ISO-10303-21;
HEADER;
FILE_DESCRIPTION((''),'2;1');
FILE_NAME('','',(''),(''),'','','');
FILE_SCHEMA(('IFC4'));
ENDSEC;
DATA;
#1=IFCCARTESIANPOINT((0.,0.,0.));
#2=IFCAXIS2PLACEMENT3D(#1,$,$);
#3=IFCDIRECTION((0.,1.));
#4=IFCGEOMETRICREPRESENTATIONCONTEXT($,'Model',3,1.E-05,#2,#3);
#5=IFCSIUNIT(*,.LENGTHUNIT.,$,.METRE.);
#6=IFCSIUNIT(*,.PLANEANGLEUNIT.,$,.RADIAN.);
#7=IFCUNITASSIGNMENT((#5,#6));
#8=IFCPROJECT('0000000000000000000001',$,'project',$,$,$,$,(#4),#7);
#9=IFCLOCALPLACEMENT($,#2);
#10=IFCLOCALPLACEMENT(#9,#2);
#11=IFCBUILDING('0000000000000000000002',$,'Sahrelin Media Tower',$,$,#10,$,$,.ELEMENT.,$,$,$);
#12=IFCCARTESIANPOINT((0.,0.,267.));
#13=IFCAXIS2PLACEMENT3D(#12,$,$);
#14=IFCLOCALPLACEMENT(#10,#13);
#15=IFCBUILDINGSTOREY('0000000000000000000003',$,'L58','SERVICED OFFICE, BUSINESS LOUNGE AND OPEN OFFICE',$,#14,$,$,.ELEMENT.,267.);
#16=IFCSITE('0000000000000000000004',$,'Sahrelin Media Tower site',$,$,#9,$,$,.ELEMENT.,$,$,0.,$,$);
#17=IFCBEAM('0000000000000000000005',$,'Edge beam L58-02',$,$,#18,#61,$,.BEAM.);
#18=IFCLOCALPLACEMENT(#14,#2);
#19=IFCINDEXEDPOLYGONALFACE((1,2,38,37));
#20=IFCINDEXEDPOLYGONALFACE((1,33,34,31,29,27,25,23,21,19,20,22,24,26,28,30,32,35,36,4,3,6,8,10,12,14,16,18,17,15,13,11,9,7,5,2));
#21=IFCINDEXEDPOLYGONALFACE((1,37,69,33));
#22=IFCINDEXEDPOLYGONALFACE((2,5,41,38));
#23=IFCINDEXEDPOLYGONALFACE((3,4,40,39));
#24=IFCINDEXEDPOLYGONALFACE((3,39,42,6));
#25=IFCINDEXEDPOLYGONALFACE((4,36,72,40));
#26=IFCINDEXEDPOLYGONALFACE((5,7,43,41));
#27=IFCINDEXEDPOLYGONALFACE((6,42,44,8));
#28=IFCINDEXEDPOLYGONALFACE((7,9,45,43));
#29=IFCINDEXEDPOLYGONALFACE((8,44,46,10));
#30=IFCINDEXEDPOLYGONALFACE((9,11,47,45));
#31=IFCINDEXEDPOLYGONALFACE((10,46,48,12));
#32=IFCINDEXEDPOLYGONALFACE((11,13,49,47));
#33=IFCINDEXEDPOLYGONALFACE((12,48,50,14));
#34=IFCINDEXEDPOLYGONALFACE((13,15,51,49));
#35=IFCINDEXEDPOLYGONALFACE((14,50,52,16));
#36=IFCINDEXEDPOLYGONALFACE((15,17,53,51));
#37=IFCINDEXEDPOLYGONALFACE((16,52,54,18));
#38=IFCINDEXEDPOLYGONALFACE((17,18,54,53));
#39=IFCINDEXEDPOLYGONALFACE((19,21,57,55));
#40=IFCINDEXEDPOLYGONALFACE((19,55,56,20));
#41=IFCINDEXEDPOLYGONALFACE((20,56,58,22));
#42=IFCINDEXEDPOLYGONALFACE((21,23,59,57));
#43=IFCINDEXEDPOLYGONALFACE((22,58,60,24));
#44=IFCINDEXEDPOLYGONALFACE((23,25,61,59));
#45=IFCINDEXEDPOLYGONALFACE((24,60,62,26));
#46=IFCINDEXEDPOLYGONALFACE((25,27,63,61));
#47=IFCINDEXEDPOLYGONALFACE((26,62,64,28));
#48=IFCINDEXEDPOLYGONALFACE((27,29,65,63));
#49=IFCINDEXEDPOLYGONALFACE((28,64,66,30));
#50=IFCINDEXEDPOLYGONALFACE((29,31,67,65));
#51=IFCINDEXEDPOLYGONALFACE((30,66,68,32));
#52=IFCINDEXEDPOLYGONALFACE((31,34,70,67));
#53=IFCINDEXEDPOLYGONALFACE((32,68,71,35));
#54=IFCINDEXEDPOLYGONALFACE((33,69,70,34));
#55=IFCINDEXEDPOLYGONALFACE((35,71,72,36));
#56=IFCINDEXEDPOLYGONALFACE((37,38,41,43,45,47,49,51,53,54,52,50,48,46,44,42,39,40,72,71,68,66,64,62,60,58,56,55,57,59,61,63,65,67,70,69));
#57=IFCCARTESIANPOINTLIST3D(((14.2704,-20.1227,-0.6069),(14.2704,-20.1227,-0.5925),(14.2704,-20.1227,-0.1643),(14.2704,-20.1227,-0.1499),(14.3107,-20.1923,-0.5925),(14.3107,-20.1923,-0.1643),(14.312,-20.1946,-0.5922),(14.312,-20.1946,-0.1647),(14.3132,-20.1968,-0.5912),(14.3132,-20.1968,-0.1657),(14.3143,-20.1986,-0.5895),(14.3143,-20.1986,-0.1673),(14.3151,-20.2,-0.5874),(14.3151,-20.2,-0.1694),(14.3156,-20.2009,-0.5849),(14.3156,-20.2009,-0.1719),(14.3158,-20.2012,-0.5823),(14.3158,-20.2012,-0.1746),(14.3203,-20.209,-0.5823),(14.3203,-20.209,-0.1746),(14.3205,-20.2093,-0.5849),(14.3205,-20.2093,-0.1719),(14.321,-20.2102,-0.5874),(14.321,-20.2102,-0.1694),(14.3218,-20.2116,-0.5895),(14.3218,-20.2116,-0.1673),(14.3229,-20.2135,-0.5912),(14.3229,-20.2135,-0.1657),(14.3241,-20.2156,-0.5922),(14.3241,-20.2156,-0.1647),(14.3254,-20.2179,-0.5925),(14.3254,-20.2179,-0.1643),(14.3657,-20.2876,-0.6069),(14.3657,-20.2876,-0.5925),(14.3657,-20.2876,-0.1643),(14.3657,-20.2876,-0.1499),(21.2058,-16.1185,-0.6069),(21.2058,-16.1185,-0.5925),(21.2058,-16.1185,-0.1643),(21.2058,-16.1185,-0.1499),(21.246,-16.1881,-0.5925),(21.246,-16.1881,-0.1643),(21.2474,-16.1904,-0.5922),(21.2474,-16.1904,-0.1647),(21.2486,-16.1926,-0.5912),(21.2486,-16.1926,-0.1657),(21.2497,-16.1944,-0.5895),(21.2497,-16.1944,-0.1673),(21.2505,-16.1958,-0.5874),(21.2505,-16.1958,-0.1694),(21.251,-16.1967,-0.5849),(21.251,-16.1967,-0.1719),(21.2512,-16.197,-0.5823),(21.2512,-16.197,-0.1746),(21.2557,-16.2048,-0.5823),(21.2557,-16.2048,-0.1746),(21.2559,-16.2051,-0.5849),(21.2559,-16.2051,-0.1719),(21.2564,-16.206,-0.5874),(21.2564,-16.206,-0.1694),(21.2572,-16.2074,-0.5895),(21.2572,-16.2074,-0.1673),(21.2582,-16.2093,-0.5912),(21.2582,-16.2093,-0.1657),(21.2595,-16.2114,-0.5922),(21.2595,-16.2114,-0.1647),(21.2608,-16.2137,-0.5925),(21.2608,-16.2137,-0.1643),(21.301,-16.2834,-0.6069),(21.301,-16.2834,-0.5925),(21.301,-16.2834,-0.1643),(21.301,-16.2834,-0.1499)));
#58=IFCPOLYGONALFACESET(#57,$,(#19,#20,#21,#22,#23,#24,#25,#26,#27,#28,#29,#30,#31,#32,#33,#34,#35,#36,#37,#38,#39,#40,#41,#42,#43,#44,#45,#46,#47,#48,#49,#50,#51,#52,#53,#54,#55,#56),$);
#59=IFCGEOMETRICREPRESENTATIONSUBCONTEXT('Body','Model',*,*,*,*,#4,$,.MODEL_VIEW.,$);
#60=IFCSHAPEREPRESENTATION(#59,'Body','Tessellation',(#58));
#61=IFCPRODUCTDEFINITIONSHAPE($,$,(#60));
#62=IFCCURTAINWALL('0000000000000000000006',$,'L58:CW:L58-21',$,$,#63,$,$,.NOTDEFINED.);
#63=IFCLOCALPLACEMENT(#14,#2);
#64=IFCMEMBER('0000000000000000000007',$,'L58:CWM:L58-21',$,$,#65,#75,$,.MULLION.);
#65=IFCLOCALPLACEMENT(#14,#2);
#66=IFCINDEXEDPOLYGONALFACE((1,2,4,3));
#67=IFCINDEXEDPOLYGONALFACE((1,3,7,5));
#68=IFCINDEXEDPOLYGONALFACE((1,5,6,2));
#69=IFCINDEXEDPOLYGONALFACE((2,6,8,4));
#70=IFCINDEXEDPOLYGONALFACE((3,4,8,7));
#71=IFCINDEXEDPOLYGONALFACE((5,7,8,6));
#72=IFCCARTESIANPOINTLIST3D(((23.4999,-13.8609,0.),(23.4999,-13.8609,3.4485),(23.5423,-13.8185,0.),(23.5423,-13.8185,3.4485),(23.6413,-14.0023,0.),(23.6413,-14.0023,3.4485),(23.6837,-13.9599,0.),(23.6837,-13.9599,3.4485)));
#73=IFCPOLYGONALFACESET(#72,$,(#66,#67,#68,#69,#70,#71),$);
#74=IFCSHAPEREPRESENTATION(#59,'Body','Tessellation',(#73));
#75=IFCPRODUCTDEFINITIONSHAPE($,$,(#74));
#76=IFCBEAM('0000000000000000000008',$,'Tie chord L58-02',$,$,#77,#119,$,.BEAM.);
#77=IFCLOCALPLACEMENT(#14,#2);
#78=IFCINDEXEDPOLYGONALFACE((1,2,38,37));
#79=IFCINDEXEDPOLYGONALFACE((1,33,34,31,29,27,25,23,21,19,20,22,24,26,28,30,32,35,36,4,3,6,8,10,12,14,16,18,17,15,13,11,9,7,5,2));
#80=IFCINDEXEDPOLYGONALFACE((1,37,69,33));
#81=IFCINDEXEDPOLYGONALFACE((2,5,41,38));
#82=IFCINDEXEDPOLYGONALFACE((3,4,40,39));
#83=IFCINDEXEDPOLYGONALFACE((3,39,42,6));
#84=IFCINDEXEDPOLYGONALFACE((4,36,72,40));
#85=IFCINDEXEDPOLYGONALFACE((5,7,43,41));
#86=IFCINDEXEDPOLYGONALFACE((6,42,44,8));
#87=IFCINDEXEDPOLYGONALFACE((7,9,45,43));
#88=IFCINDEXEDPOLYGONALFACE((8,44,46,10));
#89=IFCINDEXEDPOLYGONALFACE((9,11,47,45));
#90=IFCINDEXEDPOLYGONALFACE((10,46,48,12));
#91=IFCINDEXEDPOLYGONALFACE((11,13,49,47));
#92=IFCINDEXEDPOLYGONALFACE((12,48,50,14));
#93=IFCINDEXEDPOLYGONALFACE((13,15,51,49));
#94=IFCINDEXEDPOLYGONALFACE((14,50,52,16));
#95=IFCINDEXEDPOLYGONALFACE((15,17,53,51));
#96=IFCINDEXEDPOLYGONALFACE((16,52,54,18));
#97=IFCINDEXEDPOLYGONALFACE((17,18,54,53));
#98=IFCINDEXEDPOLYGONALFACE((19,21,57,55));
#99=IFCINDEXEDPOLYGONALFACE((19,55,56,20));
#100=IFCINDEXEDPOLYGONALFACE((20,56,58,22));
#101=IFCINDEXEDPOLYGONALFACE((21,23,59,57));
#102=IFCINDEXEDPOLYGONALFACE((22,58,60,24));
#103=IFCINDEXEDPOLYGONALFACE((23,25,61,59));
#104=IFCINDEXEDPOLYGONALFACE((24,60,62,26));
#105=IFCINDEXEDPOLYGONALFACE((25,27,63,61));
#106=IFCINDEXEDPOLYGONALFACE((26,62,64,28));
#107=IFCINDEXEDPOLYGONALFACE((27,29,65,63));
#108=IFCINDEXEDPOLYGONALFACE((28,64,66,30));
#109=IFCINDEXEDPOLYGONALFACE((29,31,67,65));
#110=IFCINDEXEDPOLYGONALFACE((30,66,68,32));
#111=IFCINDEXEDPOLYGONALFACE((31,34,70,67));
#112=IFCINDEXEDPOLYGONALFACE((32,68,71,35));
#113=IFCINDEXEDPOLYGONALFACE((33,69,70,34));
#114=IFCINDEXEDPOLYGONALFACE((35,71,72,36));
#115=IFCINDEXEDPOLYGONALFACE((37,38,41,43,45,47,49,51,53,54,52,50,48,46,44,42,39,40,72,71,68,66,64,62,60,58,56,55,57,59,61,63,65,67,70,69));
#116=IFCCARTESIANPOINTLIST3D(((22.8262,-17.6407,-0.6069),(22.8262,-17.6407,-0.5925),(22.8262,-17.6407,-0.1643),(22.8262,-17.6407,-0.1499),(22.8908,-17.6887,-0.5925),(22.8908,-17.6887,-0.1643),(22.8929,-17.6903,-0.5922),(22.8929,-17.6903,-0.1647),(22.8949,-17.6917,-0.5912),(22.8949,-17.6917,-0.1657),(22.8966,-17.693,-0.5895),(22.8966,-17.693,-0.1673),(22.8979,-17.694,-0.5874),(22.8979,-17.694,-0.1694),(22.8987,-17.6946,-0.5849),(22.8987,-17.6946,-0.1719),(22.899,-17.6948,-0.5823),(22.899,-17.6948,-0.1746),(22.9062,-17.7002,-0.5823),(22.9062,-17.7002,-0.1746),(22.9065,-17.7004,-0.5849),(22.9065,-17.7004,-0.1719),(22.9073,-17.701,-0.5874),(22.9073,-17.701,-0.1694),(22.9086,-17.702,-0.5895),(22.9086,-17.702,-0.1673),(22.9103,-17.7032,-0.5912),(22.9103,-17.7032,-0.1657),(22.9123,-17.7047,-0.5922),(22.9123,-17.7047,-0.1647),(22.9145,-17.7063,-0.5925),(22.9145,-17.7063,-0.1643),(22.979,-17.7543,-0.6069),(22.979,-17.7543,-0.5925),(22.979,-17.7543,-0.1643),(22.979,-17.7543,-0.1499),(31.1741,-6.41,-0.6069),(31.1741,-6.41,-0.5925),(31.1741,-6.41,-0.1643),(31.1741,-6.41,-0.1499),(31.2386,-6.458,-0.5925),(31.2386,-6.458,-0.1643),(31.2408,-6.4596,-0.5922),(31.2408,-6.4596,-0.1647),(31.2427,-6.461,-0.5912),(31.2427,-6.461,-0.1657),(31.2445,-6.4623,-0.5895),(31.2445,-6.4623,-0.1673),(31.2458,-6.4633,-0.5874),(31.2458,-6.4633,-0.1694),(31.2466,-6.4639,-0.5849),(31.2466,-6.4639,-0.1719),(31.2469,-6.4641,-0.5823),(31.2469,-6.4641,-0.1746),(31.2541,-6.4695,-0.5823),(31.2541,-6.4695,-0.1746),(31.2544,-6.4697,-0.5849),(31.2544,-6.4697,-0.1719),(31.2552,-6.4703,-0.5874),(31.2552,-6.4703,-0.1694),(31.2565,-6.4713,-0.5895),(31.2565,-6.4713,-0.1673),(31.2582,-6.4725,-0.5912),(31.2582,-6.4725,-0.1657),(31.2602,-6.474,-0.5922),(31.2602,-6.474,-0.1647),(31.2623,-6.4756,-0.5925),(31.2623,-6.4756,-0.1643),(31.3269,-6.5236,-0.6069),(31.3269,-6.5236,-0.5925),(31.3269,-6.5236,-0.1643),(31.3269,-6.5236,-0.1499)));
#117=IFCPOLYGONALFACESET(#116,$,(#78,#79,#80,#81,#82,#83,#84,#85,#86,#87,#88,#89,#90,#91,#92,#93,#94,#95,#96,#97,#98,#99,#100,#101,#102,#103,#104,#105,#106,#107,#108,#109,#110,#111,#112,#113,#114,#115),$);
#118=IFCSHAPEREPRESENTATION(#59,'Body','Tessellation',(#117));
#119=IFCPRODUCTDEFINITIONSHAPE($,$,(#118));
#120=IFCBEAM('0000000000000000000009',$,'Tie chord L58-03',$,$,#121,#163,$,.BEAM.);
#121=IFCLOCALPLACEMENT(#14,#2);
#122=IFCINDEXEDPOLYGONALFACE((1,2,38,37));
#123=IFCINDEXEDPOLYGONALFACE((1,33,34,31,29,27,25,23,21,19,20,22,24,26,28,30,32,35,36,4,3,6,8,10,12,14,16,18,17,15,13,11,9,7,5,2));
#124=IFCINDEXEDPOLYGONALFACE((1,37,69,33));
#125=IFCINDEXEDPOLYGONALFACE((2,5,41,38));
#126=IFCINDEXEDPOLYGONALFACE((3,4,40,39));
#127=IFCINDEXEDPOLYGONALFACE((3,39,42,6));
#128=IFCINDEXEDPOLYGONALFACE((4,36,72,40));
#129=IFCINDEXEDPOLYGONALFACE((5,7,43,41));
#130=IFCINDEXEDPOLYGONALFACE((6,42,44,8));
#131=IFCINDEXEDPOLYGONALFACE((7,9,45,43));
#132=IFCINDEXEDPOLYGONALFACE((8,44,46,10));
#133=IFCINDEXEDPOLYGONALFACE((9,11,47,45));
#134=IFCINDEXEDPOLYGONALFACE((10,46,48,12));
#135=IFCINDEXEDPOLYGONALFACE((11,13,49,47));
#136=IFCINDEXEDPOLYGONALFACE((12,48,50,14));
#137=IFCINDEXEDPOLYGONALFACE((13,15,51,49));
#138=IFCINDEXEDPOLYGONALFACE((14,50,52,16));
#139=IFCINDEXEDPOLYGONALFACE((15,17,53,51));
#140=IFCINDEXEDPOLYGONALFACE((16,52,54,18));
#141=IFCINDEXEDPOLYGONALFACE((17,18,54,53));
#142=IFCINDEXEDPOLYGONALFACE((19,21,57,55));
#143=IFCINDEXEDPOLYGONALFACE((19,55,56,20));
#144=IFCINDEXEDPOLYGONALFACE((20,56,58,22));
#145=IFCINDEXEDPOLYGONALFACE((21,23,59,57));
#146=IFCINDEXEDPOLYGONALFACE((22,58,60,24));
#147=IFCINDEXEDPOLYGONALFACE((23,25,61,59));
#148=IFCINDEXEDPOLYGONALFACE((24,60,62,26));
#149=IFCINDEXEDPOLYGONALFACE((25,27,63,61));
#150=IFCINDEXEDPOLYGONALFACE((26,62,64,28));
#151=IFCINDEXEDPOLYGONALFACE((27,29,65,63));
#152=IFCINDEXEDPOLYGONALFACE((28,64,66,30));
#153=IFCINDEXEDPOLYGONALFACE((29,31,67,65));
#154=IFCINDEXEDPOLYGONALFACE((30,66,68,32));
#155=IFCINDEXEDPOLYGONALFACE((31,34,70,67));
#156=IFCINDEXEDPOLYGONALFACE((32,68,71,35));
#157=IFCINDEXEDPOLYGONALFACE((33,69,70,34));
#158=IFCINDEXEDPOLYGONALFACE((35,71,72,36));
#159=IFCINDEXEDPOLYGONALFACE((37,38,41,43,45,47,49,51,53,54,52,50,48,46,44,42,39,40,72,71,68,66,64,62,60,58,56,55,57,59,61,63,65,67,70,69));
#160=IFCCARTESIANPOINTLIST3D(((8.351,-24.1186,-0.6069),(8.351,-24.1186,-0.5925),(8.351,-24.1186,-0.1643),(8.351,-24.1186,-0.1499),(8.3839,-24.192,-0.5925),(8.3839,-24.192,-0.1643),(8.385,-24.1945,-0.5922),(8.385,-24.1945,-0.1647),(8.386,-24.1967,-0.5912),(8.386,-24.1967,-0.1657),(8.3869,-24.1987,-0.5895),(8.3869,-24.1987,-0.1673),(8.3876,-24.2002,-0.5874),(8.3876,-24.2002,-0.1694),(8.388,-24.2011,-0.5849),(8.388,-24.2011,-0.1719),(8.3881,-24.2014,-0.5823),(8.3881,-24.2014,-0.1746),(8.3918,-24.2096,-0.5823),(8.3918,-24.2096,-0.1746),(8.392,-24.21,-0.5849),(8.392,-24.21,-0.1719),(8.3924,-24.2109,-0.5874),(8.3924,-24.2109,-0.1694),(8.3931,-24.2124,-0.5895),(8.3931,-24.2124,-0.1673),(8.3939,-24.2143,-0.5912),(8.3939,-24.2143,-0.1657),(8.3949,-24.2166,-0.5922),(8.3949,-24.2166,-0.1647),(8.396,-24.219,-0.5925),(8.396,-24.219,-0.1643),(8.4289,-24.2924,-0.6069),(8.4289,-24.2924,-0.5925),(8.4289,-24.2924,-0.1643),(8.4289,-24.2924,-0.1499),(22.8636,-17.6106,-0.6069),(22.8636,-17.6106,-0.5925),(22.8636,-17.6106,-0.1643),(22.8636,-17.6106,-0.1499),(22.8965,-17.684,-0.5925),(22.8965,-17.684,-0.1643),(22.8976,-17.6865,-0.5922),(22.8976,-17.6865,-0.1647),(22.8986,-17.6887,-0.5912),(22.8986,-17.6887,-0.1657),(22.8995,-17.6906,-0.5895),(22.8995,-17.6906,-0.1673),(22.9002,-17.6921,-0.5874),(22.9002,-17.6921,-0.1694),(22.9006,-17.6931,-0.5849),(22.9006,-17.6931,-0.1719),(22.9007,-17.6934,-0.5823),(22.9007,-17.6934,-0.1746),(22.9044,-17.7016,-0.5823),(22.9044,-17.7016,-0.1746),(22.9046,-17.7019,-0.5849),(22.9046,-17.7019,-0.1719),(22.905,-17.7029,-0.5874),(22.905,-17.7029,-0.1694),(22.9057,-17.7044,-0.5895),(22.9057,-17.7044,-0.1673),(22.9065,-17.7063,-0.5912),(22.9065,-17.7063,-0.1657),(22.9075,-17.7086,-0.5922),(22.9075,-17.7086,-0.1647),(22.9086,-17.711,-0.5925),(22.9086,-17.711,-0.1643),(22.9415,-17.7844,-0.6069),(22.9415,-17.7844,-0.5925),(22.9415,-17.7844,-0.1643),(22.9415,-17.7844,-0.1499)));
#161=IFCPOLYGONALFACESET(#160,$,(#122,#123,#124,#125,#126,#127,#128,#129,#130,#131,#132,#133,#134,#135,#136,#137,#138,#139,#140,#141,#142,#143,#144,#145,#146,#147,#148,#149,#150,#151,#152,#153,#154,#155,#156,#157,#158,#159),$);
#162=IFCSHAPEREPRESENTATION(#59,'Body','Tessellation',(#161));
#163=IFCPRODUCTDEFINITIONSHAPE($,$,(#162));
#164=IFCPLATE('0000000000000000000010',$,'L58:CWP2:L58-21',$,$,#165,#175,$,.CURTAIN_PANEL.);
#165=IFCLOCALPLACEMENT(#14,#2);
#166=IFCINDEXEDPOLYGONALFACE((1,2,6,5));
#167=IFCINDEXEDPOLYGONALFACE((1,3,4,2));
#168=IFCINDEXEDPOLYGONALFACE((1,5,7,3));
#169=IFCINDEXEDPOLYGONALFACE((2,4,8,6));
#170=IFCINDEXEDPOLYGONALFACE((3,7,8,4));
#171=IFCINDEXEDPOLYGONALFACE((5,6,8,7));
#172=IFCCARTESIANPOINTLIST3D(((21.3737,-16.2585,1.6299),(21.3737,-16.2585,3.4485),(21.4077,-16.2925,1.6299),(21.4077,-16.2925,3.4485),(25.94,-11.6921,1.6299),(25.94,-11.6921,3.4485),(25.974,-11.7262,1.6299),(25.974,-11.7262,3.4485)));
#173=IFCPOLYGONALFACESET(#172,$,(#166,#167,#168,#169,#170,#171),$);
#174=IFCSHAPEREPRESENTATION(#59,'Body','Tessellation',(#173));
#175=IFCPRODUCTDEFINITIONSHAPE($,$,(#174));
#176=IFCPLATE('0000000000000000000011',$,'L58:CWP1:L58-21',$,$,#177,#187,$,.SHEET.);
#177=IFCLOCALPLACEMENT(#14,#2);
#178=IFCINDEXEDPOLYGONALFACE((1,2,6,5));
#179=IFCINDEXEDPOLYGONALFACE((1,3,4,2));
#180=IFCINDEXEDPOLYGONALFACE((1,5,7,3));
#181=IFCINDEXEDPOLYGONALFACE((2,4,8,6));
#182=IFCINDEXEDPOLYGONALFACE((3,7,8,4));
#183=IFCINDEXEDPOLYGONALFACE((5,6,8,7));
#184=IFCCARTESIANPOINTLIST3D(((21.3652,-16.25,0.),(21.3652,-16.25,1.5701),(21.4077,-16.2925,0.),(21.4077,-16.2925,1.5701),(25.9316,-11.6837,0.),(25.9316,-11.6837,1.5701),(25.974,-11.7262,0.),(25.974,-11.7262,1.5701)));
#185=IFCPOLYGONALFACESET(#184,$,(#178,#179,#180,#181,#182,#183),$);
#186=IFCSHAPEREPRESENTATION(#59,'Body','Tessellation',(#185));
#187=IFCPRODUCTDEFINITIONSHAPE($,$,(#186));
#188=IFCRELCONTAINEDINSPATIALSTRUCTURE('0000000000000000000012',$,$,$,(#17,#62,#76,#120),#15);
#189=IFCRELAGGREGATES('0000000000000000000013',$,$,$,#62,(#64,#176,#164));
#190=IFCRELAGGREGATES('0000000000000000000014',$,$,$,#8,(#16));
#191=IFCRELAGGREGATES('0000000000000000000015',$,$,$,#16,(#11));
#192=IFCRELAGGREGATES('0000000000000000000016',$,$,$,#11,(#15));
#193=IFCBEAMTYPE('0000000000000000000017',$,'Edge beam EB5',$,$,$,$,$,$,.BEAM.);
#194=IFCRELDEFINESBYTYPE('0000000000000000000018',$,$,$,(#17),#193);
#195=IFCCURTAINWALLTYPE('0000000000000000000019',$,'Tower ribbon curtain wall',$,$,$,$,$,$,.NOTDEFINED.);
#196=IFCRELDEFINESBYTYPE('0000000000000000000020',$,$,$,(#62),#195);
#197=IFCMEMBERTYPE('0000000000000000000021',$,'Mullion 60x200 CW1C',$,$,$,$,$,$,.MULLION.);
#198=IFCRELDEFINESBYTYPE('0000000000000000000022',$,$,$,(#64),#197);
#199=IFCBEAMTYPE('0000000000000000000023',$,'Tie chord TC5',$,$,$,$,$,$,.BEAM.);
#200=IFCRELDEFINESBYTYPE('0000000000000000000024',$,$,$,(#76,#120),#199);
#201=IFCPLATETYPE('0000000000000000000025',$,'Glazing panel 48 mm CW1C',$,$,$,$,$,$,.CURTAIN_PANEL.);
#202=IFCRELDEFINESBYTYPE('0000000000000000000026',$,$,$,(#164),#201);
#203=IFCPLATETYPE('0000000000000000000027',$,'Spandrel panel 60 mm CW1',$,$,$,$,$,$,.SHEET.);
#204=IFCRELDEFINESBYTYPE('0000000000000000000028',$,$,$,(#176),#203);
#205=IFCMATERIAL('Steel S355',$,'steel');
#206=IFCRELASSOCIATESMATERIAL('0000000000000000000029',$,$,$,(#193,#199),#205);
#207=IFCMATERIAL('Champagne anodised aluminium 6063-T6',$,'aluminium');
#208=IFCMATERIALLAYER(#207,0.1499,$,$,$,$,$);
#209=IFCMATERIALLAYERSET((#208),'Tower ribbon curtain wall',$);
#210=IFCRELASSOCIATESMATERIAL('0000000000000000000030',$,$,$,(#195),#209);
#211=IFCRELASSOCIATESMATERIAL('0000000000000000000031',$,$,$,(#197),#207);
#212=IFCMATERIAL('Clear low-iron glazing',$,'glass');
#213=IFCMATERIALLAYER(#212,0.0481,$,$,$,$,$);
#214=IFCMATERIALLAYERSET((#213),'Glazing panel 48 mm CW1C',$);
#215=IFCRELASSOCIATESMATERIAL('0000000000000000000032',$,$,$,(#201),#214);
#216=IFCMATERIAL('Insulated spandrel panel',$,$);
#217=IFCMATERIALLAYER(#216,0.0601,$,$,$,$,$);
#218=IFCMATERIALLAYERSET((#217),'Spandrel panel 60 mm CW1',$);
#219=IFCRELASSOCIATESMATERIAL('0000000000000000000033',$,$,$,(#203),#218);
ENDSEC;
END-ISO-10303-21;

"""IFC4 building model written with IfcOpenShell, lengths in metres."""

from ifc_helpers import new_model, si_unit, direction, frame, origin, origin_2d, place, context, subcontext, project, spatial, polyline, rectangle, i_section, outline, extrude, material, layer, layer_set, material_profile, profile_set, type_object, element, aggregate, save


model = new_model("IFC4")

# Units and contexts
model_context = context("Model", 3, precision=1e-05, world=origin(), true_north=direction((0.0, 1.0)))
body_context = subcontext(model_context, "Body", "Model", "MODEL_VIEW")
ifc_project = project(units=[si_unit("LENGTHUNIT", "METRE"), si_unit("PLANEANGLEUNIT", "RADIAN")], contexts=[model_context])

# Site, building, storey
site_placement = place(None, origin())
site = spatial("IfcSite", under=ifc_project, at=site_placement, Name="Sahrelin Media Tower site", CompositionType="ELEMENT", RefElevation=0.0)
building_placement = place(site_placement, origin())
building = spatial("IfcBuilding", under=site, at=building_placement, Name="Sahrelin Media Tower", CompositionType="ELEMENT")
storey_placement = place(building_placement, frame((0.0, 0.0, 267.0)))
storey = spatial("IfcBuildingStorey", under=building, at=storey_placement, Name="L58", Description="SERVICED OFFICE, BUSINESS LOUNGE AND OPEN OFFICE", CompositionType="ELEMENT", Elevation=267.0)

# Beam
ifc_material_1 = material(Name="Steel S355", Category="steel")
ifc_material_profile_1 = material_profile(ifc_material_1, i_section(OverallWidth=0.1904, OverallDepth=0.457, WebThickness=0.009, FlangeThickness=0.0144, FilletRadius=0.0103, at=origin_2d()), Name="UB 457x191x74")
ifc_profile_set_1 = profile_set([ifc_material_profile_1], Name="Steel S355")
beam_type_1 = type_object("IfcBeamType", Name="Edge beam EB5", PredefinedType="BEAM", material=ifc_profile_set_1)
beam_1_placement = place(storey_placement, frame((21.2534, -16.2009, -0.3784), z_axis=(-0.866023, -0.500005, 0.0), x_axis=(0.500005, -0.866023, 0.0)))
element("IfcBeam", 1, at=beam_1_placement, inside=storey, type_object=beam_type_1, Name="Edge beam L58-02", PredefinedType="BEAM", context=body_context, shape_type="SweptSolid", body=[
    extrude(i_section(OverallWidth=0.1904, OverallDepth=0.457, WebThickness=0.009, FlangeThickness=0.0144, FilletRadius=0.0103, at=origin_2d()), origin(), (0.0, 0.0, 1.0), 8.0083),
])

# Curtain wall, member
ifc_material_2 = material(Name="Champagne anodised aluminium 6063-T6", Category="aluminium")
ifc_layer_1 = layer(ifc_material_2, 0.1499)
ifc_layer_set_1 = layer_set([ifc_layer_1], Name="Tower ribbon curtain wall")
curtain_wall_type = type_object("IfcCurtainWallType", Name="Tower ribbon curtain wall", PredefinedType="NOTDEFINED", material=ifc_layer_set_1)
curtain_wall_placement = place(storey_placement, frame((23.6768, -13.9951, 0.0), z_axis=(0.0, 0.0, 1.0), x_axis=(1.0, 0.0, 0.0)))
curtain_wall = element("IfcCurtainWall", 2, at=curtain_wall_placement, inside=storey, type_object=curtain_wall_type, Name="L58:CW:L58-21", PredefinedType="NOTDEFINED")
ifc_material_profile_2 = material_profile(ifc_material_2, rectangle(XDim=0.0601, YDim=0.2, at=origin_2d()), Name="Mullion 60x200")
ifc_profile_set_2 = profile_set([ifc_material_profile_2], Name="Champagne anodised aluminium 6063-T6")
member_type_1 = type_object("IfcMemberType", Name="Mullion 60x200 CW1C", PredefinedType="MULLION", material=ifc_profile_set_2)
member_1_placement = place(storey_placement, frame((23.5918, -13.9104, 0.0), z_axis=(0.0, 0.0, 1.0), x_axis=(0.707107, 0.707107, 0.0)))
member_1 = element("IfcMember", 3, at=member_1_placement, type_object=member_type_1, Name="L58:CWM:L58-21", PredefinedType="MULLION", context=body_context, shape_type="SweptSolid", body=[
    extrude(rectangle(XDim=0.0601, YDim=0.2, at=origin_2d()), origin(), (0.0, 0.0, 1.0), 3.4485),
])

# Beams
ifc_material_profile_3 = material_profile(ifc_material_1, i_section(OverallWidth=0.1904, OverallDepth=0.457, WebThickness=0.009, FlangeThickness=0.0144, FilletRadius=0.0103, at=origin_2d()), Name="UB 457x191x74")
ifc_profile_set_3 = profile_set([ifc_material_profile_3], Name="Steel S355")
beam_type_2 = type_object("IfcBeamType", Name="Tie chord TC5", PredefinedType="BEAM", material=ifc_profile_set_3)
beam_2_placement = place(storey_placement, frame((31.2505, -6.4668, -0.3784), z_axis=(-0.596558, -0.80257, 0.0), x_axis=(0.80257, -0.596558, 0.0)))
element("IfcBeam", 4, at=beam_2_placement, inside=storey, type_object=beam_type_2, Name="Tie chord L58-02", PredefinedType="BEAM", context=body_context, shape_type="SweptSolid", body=[
    extrude(i_section(OverallWidth=0.1904, OverallDepth=0.457, WebThickness=0.009, FlangeThickness=0.0144, FilletRadius=0.0103, at=origin_2d()), origin(), (0.0, 0.0, 1.0), 13.9934),
])
beam_3_placement = place(storey_placement, frame((22.9026, -17.6975, -0.3784), z_axis=(-0.912454, -0.40918, 0.0), x_axis=(0.40918, -0.912454, 0.0)))
element("IfcBeam", 5, at=beam_3_placement, inside=storey, type_object=beam_type_2, Name="Tie chord L58-03", PredefinedType="BEAM", context=body_context, shape_type="SweptSolid", body=[
    extrude(i_section(OverallWidth=0.1904, OverallDepth=0.457, WebThickness=0.009, FlangeThickness=0.0144, FilletRadius=0.0103, at=origin_2d()), origin(), (0.0, 0.0, 1.0), 15.905),
])

# Plates
ifc_material_3 = material(Name="Clear low-iron glazing", Category="glass")
ifc_layer_2 = layer(ifc_material_3, 0.0481)
ifc_layer_set_2 = layer_set([ifc_layer_2], Name="Glazing panel 48 mm CW1C")
plate_type_1 = type_object("IfcPlateType", Name="Glazing panel 48 mm CW1C", PredefinedType="CURTAIN_PANEL", material=ifc_layer_set_2)
plate_1_placement = place(storey_placement, frame((21.4077, -16.2925, 1.6299), z_axis=(0.707107, -0.707107, 0.0), x_axis=(0.707107, 0.707107, 0.0)))
plate_1 = element("IfcPlate", 6, at=plate_1_placement, type_object=plate_type_1, Name="L58:CWP2:L58-21", PredefinedType="CURTAIN_PANEL", context=body_context, shape_type="SweptSolid", body=[
    extrude(outline(polyline([(0.0, 0.0), (6.4578, 0.0), (6.4578, 1.8186), (0.0, 1.8186), (0.0, 0.0)])), origin(), (0.0, 0.0, -1.0), 0.0481),
])
ifc_material_4 = material(Name="Insulated spandrel panel")
ifc_layer_3 = layer(ifc_material_4, 0.0601)
ifc_layer_set_3 = layer_set([ifc_layer_3], Name="Spandrel panel 60 mm CW1")
plate_type_2 = type_object("IfcPlateType", Name="Spandrel panel 60 mm CW1", PredefinedType="SHEET", material=ifc_layer_set_3)
plate_2_placement = place(storey_placement, frame((21.4077, -16.2925, 0.0), z_axis=(0.707107, -0.707107, 0.0), x_axis=(0.707107, 0.707107, 0.0)))
plate_2 = element("IfcPlate", 7, at=plate_2_placement, type_object=plate_type_2, Name="L58:CWP1:L58-21", PredefinedType="SHEET", context=body_context, shape_type="SweptSolid", body=[
    extrude(outline(polyline([(0.0, 0.0), (6.4578, 0.0), (6.4578, 1.5701), (0.0, 1.5701), (0.0, 0.0)])), origin(), (0.0, 0.0, -1.0), 0.0601),
])
aggregate(curtain_wall, [member_1, plate_2, plate_1])

save(model, "model.ifc")
